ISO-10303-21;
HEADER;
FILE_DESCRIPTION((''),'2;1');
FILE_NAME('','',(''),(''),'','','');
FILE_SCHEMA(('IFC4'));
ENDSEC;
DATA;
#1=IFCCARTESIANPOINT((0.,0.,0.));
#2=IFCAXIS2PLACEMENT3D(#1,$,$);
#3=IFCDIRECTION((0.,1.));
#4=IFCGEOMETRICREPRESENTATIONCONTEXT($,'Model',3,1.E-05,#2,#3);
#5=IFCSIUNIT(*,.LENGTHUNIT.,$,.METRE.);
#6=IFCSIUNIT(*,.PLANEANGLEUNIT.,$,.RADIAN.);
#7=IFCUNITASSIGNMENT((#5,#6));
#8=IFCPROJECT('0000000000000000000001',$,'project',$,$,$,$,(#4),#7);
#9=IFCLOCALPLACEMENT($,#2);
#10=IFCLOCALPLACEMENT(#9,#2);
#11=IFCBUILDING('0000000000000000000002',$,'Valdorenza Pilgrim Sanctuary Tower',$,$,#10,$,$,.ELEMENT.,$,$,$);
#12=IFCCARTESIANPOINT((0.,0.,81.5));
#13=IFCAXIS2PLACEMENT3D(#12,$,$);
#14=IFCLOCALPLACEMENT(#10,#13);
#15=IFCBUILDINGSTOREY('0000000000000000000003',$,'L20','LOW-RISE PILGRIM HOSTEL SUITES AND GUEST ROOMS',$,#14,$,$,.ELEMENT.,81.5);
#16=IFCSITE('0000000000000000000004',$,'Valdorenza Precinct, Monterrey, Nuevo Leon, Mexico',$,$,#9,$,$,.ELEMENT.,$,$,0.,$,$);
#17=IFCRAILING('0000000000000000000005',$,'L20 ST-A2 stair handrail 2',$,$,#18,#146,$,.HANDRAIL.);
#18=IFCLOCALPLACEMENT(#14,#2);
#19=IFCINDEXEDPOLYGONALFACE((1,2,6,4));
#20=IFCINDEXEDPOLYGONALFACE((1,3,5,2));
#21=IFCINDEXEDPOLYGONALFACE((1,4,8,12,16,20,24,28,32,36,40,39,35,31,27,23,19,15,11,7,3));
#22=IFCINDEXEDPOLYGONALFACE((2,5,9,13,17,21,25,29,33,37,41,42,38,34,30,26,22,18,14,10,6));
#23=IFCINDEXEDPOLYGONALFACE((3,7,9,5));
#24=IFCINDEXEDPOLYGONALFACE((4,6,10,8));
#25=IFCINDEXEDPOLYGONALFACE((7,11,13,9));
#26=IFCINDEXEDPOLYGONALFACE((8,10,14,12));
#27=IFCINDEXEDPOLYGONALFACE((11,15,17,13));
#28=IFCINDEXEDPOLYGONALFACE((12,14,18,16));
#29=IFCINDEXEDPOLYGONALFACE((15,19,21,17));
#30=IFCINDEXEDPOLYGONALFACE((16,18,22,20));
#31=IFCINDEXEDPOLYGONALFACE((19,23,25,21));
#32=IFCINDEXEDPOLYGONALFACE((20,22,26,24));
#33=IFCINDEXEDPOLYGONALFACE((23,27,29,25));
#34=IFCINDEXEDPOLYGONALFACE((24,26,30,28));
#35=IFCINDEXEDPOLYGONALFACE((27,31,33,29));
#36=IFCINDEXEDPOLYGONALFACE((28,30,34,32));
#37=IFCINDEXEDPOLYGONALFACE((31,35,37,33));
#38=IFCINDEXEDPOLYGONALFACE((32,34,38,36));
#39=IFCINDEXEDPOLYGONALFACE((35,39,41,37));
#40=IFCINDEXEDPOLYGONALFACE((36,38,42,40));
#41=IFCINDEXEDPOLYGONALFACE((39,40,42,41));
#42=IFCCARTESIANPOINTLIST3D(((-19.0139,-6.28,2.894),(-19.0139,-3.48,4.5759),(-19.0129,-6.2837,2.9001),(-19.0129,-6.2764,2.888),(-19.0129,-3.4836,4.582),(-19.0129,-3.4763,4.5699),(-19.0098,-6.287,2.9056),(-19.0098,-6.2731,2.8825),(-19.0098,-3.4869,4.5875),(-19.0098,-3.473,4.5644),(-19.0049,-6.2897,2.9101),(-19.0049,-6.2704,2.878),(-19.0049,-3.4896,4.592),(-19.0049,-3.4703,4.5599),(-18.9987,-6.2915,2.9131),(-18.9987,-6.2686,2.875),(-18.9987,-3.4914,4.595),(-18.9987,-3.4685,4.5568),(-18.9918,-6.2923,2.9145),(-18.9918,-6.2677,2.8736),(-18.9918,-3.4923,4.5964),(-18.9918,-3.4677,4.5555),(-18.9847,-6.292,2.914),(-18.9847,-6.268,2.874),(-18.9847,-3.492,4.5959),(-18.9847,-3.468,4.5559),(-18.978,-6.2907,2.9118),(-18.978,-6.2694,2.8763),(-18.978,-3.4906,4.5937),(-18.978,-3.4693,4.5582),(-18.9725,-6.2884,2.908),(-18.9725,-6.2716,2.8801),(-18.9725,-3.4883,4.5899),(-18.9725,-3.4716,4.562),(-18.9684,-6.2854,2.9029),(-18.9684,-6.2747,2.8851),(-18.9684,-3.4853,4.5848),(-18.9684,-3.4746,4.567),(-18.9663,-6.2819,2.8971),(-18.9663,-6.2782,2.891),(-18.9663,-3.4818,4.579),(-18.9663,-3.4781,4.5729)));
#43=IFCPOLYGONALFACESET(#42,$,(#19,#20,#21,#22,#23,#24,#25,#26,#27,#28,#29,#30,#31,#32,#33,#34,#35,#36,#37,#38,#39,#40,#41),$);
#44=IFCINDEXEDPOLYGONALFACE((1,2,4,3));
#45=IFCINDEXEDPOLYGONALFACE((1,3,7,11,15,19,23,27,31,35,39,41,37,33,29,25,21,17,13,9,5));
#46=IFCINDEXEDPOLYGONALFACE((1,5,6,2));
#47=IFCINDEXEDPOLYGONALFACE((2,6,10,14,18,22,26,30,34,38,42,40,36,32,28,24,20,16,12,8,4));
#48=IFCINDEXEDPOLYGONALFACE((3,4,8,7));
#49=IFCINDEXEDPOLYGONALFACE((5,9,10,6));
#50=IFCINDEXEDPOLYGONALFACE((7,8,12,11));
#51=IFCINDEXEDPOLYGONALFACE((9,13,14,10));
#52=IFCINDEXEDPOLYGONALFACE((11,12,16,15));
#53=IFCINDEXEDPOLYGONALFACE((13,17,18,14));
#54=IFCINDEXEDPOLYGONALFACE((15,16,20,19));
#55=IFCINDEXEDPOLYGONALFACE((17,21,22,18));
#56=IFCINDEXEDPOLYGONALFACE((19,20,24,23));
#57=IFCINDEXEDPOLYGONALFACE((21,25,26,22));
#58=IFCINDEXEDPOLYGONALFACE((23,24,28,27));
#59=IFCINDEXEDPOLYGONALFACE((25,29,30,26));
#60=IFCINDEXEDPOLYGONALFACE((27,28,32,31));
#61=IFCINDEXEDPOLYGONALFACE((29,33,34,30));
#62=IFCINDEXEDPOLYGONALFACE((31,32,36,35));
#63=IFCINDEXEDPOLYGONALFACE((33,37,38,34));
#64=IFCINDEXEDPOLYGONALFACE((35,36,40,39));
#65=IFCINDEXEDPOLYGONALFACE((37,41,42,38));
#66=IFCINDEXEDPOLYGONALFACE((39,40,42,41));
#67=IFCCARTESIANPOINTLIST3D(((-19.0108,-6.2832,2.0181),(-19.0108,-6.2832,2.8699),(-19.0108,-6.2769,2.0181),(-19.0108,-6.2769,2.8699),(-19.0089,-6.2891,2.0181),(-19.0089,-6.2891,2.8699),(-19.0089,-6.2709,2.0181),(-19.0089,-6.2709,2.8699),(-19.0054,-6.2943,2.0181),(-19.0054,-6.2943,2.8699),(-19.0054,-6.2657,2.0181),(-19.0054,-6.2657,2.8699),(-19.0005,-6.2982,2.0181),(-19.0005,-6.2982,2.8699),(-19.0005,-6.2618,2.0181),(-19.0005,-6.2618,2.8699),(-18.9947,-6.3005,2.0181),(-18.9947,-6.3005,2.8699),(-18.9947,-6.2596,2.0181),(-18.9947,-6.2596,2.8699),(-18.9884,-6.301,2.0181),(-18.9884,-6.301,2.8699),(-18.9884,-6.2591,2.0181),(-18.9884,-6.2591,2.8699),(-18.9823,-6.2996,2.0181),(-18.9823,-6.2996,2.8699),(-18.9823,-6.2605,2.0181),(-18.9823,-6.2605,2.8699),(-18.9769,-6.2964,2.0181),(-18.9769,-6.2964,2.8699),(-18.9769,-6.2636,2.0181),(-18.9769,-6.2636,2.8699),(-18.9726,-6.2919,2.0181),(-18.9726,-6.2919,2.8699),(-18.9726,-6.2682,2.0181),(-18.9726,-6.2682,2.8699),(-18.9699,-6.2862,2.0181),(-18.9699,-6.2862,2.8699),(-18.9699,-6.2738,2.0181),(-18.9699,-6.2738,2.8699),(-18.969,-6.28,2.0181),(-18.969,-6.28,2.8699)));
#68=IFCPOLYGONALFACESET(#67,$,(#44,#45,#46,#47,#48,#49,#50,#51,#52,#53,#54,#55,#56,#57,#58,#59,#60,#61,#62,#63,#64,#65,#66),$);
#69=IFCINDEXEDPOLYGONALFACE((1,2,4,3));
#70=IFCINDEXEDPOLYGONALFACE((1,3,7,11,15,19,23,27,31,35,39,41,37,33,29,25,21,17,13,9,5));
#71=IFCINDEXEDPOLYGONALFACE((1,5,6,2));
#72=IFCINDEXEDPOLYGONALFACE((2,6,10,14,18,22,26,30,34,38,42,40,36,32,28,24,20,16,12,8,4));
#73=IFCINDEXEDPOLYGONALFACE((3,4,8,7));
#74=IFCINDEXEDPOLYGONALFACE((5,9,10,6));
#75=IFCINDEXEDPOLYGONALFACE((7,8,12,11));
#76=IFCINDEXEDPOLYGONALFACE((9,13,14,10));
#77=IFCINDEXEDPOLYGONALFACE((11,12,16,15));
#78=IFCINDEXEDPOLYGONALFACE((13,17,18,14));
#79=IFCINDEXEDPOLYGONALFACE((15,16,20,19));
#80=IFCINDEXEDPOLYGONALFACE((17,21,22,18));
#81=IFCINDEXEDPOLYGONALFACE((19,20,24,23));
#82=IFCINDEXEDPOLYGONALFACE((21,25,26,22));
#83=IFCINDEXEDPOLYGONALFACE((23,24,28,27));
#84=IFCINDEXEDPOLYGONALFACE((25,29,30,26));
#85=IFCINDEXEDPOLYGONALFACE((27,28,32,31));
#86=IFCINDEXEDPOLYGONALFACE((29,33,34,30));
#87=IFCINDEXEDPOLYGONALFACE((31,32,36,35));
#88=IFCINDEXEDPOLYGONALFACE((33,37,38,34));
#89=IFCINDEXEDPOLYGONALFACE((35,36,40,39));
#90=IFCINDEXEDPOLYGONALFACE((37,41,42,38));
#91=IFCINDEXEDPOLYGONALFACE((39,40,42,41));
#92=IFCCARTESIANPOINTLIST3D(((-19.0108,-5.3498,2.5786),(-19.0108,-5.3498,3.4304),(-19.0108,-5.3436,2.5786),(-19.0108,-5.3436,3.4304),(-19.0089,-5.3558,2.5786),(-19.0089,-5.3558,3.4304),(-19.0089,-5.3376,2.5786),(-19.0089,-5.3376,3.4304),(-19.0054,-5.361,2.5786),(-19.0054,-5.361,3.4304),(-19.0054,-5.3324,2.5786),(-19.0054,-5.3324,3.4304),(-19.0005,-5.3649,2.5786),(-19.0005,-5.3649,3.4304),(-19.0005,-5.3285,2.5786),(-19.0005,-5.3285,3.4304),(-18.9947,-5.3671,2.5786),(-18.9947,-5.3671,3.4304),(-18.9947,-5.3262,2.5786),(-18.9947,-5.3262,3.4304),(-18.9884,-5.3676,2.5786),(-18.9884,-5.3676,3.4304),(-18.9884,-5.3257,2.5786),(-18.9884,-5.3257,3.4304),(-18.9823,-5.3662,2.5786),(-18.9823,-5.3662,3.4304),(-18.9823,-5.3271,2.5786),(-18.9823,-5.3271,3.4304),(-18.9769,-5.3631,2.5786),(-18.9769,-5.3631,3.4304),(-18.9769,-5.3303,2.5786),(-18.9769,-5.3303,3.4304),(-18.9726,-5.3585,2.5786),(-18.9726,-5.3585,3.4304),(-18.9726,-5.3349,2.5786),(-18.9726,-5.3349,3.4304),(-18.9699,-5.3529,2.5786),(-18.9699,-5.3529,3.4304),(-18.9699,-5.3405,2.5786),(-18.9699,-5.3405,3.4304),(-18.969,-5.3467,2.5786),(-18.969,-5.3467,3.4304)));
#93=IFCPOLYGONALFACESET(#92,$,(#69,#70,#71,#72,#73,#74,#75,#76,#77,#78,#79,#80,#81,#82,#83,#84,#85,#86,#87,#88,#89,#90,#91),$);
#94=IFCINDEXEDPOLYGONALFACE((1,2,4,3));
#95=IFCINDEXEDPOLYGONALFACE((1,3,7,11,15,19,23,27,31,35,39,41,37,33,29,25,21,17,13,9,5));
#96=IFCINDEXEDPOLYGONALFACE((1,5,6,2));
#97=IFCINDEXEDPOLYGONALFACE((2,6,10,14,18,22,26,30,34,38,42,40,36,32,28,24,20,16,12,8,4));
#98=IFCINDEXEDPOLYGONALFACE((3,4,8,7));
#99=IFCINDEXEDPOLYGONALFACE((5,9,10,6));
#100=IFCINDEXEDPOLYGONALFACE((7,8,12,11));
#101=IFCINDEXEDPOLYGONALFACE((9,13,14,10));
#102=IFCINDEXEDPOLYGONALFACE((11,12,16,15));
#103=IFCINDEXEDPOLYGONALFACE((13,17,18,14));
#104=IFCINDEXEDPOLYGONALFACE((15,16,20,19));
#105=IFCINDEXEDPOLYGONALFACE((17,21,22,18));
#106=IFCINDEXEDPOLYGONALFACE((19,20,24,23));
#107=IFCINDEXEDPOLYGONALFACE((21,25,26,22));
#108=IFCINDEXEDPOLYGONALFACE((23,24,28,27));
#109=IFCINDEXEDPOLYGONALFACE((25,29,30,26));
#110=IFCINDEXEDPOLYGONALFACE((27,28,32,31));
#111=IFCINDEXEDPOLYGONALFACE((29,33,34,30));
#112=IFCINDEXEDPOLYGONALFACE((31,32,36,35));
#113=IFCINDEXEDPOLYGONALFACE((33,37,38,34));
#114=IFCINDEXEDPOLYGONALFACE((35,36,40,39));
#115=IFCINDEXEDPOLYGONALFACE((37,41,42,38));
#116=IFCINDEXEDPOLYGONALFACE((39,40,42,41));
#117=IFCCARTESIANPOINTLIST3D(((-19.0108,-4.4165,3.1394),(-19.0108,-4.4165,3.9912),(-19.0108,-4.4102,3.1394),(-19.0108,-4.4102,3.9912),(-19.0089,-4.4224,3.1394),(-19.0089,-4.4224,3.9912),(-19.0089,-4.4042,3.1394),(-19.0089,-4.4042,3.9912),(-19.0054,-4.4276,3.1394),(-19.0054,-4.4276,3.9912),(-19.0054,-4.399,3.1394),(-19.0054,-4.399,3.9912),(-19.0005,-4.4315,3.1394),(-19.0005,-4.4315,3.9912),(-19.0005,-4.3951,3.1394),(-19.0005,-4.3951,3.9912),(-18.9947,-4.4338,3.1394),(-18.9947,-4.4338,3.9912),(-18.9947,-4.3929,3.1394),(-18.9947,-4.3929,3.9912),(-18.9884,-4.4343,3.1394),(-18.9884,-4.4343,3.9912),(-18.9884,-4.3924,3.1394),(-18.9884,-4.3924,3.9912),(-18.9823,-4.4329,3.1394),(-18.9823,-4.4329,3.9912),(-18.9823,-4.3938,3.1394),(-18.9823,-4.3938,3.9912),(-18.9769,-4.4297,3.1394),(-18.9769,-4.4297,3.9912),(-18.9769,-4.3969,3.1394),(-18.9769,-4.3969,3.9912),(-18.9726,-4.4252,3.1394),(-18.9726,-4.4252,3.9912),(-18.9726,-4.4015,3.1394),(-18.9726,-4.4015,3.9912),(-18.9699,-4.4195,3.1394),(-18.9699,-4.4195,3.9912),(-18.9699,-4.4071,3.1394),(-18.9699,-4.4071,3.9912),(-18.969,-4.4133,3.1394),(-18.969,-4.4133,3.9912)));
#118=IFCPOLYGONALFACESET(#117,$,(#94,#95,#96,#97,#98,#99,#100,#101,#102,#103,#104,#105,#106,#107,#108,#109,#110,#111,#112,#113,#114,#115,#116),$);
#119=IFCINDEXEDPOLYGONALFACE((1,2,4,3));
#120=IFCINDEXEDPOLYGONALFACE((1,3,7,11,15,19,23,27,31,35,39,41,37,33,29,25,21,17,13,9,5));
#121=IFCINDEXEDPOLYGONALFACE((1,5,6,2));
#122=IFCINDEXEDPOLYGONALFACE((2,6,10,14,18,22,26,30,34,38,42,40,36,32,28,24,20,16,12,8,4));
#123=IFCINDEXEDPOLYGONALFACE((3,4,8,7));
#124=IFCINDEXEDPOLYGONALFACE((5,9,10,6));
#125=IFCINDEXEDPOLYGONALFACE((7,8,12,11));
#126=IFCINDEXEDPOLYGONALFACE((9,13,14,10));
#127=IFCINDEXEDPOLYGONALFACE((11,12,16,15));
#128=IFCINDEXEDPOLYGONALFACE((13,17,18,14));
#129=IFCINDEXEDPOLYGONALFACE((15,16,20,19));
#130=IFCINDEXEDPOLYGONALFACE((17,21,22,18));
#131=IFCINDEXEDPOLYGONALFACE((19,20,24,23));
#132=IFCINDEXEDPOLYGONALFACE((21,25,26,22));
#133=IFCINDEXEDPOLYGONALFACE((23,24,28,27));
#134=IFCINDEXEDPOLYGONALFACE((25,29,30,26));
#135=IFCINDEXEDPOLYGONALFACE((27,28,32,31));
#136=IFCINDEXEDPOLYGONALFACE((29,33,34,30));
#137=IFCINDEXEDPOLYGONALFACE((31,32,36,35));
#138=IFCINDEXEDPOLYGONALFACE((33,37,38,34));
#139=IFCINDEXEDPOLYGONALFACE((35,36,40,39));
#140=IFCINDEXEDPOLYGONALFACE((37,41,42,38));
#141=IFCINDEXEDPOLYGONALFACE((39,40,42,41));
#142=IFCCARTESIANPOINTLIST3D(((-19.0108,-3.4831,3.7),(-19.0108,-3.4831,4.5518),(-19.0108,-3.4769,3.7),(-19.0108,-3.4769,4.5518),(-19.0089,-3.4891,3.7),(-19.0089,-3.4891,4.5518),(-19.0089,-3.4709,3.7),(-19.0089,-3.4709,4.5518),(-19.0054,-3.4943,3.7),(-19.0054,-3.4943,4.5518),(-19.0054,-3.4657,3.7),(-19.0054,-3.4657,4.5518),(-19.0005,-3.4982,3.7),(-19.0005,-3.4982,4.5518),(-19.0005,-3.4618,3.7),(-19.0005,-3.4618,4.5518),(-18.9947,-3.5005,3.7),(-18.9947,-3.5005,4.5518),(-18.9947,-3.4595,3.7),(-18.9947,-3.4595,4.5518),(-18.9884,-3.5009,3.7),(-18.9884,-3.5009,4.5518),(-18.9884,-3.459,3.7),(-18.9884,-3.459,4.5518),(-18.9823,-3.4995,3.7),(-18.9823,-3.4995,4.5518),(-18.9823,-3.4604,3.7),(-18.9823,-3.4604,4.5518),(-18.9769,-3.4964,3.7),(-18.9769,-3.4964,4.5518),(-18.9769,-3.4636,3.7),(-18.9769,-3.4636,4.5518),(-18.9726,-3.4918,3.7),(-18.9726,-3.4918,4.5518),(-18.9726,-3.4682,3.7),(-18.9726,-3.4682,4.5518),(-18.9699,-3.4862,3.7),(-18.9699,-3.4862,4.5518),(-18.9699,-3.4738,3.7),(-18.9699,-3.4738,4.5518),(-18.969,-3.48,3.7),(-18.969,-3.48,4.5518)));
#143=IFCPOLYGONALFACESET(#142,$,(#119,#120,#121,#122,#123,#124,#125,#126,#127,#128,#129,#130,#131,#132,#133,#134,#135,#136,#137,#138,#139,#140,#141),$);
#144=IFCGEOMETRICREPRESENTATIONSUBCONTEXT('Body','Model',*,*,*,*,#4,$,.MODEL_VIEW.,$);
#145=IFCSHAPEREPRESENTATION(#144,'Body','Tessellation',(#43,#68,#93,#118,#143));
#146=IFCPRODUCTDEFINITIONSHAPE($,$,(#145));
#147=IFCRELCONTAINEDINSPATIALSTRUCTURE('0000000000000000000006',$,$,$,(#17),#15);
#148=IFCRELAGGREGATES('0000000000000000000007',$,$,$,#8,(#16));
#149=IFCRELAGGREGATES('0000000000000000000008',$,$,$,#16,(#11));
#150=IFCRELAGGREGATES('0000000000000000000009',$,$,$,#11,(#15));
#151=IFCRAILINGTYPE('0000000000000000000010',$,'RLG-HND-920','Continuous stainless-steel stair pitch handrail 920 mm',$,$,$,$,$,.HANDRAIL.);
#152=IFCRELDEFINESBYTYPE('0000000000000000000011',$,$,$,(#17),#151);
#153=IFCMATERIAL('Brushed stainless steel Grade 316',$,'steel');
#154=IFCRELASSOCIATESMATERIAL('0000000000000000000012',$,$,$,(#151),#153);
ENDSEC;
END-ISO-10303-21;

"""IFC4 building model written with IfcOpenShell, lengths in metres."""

from ifc_helpers import new_model, si_unit, direction, frame, origin, origin_2d, place, context, subcontext, project, spatial, circle, extrude, material, type_object, element, save


model = new_model("IFC4")

# Units and contexts
model_context = context("Model", 3, precision=1e-05, world=origin(), true_north=direction((0.0, 1.0)))
body_context = subcontext(model_context, "Body", "Model", "MODEL_VIEW")
ifc_project = project(units=[si_unit("LENGTHUNIT", "METRE"), si_unit("PLANEANGLEUNIT", "RADIAN")], contexts=[model_context])

# Site, building, storey
site_placement = place(None, origin())
site = spatial("IfcSite", under=ifc_project, at=site_placement, Name="Valdorenza Precinct, Monterrey, Nuevo Leon, Mexico", CompositionType="ELEMENT", RefElevation=0.0)
building_placement = place(site_placement, origin())
building = spatial("IfcBuilding", under=site, at=building_placement, Name="Valdorenza Pilgrim Sanctuary Tower", CompositionType="ELEMENT")
storey_placement = place(building_placement, frame((0.0, 0.0, 81.5)))
storey = spatial("IfcBuildingStorey", under=building, at=storey_placement, Name="L20", Description="LOW-RISE PILGRIM HOSTEL SUITES AND GUEST ROOMS", CompositionType="ELEMENT", Elevation=81.5)

# Shared definitions
ifc_material_1 = material(Name="Brushed stainless steel Grade 316", Category="steel")

# Railing
railing_type_1 = type_object("IfcRailingType", Name="RLG-HND-920", Description="Continuous stainless-steel stair pitch handrail 920 mm", PredefinedType="HANDRAIL", material=ifc_material_1)
railing_1_placement = place(storey_placement, frame((-18.99, -6.28, 2.0181)))
element("IfcRailing", 1, at=railing_1_placement, inside=storey, type_object=railing_type_1, Name="L20 ST-A2 stair handrail 2", PredefinedType="HANDRAIL", context=body_context, shape_type="SweptSolid", body=[
    extrude(circle(Radius=0.0239, at=origin_2d()), frame((0.0, 0.0, 0.876), z_axis=(0.0, 0.857242, 0.514913), x_axis=(-1.0, 0.0, 0.0)), (0.0, 0.0, 1.0), 3.2664),
    extrude(circle(Radius=0.021, at=origin_2d()), origin(), (0.0, 0.0, 1.0), 0.8518),
    extrude(circle(Radius=0.021, at=origin_2d()), frame((0.0, 0.9333, 0.5605)), (0.0, 0.0, 1.0), 0.8518),
    extrude(circle(Radius=0.021, at=origin_2d()), frame((0.0, 1.8667, 1.1213)), (0.0, 0.0, 1.0), 0.8518),
    extrude(circle(Radius=0.021, at=origin_2d()), frame((0.0, 2.8, 1.6819)), (0.0, 0.0, 1.0), 0.8518),
])

save(model, "model.ifc")
